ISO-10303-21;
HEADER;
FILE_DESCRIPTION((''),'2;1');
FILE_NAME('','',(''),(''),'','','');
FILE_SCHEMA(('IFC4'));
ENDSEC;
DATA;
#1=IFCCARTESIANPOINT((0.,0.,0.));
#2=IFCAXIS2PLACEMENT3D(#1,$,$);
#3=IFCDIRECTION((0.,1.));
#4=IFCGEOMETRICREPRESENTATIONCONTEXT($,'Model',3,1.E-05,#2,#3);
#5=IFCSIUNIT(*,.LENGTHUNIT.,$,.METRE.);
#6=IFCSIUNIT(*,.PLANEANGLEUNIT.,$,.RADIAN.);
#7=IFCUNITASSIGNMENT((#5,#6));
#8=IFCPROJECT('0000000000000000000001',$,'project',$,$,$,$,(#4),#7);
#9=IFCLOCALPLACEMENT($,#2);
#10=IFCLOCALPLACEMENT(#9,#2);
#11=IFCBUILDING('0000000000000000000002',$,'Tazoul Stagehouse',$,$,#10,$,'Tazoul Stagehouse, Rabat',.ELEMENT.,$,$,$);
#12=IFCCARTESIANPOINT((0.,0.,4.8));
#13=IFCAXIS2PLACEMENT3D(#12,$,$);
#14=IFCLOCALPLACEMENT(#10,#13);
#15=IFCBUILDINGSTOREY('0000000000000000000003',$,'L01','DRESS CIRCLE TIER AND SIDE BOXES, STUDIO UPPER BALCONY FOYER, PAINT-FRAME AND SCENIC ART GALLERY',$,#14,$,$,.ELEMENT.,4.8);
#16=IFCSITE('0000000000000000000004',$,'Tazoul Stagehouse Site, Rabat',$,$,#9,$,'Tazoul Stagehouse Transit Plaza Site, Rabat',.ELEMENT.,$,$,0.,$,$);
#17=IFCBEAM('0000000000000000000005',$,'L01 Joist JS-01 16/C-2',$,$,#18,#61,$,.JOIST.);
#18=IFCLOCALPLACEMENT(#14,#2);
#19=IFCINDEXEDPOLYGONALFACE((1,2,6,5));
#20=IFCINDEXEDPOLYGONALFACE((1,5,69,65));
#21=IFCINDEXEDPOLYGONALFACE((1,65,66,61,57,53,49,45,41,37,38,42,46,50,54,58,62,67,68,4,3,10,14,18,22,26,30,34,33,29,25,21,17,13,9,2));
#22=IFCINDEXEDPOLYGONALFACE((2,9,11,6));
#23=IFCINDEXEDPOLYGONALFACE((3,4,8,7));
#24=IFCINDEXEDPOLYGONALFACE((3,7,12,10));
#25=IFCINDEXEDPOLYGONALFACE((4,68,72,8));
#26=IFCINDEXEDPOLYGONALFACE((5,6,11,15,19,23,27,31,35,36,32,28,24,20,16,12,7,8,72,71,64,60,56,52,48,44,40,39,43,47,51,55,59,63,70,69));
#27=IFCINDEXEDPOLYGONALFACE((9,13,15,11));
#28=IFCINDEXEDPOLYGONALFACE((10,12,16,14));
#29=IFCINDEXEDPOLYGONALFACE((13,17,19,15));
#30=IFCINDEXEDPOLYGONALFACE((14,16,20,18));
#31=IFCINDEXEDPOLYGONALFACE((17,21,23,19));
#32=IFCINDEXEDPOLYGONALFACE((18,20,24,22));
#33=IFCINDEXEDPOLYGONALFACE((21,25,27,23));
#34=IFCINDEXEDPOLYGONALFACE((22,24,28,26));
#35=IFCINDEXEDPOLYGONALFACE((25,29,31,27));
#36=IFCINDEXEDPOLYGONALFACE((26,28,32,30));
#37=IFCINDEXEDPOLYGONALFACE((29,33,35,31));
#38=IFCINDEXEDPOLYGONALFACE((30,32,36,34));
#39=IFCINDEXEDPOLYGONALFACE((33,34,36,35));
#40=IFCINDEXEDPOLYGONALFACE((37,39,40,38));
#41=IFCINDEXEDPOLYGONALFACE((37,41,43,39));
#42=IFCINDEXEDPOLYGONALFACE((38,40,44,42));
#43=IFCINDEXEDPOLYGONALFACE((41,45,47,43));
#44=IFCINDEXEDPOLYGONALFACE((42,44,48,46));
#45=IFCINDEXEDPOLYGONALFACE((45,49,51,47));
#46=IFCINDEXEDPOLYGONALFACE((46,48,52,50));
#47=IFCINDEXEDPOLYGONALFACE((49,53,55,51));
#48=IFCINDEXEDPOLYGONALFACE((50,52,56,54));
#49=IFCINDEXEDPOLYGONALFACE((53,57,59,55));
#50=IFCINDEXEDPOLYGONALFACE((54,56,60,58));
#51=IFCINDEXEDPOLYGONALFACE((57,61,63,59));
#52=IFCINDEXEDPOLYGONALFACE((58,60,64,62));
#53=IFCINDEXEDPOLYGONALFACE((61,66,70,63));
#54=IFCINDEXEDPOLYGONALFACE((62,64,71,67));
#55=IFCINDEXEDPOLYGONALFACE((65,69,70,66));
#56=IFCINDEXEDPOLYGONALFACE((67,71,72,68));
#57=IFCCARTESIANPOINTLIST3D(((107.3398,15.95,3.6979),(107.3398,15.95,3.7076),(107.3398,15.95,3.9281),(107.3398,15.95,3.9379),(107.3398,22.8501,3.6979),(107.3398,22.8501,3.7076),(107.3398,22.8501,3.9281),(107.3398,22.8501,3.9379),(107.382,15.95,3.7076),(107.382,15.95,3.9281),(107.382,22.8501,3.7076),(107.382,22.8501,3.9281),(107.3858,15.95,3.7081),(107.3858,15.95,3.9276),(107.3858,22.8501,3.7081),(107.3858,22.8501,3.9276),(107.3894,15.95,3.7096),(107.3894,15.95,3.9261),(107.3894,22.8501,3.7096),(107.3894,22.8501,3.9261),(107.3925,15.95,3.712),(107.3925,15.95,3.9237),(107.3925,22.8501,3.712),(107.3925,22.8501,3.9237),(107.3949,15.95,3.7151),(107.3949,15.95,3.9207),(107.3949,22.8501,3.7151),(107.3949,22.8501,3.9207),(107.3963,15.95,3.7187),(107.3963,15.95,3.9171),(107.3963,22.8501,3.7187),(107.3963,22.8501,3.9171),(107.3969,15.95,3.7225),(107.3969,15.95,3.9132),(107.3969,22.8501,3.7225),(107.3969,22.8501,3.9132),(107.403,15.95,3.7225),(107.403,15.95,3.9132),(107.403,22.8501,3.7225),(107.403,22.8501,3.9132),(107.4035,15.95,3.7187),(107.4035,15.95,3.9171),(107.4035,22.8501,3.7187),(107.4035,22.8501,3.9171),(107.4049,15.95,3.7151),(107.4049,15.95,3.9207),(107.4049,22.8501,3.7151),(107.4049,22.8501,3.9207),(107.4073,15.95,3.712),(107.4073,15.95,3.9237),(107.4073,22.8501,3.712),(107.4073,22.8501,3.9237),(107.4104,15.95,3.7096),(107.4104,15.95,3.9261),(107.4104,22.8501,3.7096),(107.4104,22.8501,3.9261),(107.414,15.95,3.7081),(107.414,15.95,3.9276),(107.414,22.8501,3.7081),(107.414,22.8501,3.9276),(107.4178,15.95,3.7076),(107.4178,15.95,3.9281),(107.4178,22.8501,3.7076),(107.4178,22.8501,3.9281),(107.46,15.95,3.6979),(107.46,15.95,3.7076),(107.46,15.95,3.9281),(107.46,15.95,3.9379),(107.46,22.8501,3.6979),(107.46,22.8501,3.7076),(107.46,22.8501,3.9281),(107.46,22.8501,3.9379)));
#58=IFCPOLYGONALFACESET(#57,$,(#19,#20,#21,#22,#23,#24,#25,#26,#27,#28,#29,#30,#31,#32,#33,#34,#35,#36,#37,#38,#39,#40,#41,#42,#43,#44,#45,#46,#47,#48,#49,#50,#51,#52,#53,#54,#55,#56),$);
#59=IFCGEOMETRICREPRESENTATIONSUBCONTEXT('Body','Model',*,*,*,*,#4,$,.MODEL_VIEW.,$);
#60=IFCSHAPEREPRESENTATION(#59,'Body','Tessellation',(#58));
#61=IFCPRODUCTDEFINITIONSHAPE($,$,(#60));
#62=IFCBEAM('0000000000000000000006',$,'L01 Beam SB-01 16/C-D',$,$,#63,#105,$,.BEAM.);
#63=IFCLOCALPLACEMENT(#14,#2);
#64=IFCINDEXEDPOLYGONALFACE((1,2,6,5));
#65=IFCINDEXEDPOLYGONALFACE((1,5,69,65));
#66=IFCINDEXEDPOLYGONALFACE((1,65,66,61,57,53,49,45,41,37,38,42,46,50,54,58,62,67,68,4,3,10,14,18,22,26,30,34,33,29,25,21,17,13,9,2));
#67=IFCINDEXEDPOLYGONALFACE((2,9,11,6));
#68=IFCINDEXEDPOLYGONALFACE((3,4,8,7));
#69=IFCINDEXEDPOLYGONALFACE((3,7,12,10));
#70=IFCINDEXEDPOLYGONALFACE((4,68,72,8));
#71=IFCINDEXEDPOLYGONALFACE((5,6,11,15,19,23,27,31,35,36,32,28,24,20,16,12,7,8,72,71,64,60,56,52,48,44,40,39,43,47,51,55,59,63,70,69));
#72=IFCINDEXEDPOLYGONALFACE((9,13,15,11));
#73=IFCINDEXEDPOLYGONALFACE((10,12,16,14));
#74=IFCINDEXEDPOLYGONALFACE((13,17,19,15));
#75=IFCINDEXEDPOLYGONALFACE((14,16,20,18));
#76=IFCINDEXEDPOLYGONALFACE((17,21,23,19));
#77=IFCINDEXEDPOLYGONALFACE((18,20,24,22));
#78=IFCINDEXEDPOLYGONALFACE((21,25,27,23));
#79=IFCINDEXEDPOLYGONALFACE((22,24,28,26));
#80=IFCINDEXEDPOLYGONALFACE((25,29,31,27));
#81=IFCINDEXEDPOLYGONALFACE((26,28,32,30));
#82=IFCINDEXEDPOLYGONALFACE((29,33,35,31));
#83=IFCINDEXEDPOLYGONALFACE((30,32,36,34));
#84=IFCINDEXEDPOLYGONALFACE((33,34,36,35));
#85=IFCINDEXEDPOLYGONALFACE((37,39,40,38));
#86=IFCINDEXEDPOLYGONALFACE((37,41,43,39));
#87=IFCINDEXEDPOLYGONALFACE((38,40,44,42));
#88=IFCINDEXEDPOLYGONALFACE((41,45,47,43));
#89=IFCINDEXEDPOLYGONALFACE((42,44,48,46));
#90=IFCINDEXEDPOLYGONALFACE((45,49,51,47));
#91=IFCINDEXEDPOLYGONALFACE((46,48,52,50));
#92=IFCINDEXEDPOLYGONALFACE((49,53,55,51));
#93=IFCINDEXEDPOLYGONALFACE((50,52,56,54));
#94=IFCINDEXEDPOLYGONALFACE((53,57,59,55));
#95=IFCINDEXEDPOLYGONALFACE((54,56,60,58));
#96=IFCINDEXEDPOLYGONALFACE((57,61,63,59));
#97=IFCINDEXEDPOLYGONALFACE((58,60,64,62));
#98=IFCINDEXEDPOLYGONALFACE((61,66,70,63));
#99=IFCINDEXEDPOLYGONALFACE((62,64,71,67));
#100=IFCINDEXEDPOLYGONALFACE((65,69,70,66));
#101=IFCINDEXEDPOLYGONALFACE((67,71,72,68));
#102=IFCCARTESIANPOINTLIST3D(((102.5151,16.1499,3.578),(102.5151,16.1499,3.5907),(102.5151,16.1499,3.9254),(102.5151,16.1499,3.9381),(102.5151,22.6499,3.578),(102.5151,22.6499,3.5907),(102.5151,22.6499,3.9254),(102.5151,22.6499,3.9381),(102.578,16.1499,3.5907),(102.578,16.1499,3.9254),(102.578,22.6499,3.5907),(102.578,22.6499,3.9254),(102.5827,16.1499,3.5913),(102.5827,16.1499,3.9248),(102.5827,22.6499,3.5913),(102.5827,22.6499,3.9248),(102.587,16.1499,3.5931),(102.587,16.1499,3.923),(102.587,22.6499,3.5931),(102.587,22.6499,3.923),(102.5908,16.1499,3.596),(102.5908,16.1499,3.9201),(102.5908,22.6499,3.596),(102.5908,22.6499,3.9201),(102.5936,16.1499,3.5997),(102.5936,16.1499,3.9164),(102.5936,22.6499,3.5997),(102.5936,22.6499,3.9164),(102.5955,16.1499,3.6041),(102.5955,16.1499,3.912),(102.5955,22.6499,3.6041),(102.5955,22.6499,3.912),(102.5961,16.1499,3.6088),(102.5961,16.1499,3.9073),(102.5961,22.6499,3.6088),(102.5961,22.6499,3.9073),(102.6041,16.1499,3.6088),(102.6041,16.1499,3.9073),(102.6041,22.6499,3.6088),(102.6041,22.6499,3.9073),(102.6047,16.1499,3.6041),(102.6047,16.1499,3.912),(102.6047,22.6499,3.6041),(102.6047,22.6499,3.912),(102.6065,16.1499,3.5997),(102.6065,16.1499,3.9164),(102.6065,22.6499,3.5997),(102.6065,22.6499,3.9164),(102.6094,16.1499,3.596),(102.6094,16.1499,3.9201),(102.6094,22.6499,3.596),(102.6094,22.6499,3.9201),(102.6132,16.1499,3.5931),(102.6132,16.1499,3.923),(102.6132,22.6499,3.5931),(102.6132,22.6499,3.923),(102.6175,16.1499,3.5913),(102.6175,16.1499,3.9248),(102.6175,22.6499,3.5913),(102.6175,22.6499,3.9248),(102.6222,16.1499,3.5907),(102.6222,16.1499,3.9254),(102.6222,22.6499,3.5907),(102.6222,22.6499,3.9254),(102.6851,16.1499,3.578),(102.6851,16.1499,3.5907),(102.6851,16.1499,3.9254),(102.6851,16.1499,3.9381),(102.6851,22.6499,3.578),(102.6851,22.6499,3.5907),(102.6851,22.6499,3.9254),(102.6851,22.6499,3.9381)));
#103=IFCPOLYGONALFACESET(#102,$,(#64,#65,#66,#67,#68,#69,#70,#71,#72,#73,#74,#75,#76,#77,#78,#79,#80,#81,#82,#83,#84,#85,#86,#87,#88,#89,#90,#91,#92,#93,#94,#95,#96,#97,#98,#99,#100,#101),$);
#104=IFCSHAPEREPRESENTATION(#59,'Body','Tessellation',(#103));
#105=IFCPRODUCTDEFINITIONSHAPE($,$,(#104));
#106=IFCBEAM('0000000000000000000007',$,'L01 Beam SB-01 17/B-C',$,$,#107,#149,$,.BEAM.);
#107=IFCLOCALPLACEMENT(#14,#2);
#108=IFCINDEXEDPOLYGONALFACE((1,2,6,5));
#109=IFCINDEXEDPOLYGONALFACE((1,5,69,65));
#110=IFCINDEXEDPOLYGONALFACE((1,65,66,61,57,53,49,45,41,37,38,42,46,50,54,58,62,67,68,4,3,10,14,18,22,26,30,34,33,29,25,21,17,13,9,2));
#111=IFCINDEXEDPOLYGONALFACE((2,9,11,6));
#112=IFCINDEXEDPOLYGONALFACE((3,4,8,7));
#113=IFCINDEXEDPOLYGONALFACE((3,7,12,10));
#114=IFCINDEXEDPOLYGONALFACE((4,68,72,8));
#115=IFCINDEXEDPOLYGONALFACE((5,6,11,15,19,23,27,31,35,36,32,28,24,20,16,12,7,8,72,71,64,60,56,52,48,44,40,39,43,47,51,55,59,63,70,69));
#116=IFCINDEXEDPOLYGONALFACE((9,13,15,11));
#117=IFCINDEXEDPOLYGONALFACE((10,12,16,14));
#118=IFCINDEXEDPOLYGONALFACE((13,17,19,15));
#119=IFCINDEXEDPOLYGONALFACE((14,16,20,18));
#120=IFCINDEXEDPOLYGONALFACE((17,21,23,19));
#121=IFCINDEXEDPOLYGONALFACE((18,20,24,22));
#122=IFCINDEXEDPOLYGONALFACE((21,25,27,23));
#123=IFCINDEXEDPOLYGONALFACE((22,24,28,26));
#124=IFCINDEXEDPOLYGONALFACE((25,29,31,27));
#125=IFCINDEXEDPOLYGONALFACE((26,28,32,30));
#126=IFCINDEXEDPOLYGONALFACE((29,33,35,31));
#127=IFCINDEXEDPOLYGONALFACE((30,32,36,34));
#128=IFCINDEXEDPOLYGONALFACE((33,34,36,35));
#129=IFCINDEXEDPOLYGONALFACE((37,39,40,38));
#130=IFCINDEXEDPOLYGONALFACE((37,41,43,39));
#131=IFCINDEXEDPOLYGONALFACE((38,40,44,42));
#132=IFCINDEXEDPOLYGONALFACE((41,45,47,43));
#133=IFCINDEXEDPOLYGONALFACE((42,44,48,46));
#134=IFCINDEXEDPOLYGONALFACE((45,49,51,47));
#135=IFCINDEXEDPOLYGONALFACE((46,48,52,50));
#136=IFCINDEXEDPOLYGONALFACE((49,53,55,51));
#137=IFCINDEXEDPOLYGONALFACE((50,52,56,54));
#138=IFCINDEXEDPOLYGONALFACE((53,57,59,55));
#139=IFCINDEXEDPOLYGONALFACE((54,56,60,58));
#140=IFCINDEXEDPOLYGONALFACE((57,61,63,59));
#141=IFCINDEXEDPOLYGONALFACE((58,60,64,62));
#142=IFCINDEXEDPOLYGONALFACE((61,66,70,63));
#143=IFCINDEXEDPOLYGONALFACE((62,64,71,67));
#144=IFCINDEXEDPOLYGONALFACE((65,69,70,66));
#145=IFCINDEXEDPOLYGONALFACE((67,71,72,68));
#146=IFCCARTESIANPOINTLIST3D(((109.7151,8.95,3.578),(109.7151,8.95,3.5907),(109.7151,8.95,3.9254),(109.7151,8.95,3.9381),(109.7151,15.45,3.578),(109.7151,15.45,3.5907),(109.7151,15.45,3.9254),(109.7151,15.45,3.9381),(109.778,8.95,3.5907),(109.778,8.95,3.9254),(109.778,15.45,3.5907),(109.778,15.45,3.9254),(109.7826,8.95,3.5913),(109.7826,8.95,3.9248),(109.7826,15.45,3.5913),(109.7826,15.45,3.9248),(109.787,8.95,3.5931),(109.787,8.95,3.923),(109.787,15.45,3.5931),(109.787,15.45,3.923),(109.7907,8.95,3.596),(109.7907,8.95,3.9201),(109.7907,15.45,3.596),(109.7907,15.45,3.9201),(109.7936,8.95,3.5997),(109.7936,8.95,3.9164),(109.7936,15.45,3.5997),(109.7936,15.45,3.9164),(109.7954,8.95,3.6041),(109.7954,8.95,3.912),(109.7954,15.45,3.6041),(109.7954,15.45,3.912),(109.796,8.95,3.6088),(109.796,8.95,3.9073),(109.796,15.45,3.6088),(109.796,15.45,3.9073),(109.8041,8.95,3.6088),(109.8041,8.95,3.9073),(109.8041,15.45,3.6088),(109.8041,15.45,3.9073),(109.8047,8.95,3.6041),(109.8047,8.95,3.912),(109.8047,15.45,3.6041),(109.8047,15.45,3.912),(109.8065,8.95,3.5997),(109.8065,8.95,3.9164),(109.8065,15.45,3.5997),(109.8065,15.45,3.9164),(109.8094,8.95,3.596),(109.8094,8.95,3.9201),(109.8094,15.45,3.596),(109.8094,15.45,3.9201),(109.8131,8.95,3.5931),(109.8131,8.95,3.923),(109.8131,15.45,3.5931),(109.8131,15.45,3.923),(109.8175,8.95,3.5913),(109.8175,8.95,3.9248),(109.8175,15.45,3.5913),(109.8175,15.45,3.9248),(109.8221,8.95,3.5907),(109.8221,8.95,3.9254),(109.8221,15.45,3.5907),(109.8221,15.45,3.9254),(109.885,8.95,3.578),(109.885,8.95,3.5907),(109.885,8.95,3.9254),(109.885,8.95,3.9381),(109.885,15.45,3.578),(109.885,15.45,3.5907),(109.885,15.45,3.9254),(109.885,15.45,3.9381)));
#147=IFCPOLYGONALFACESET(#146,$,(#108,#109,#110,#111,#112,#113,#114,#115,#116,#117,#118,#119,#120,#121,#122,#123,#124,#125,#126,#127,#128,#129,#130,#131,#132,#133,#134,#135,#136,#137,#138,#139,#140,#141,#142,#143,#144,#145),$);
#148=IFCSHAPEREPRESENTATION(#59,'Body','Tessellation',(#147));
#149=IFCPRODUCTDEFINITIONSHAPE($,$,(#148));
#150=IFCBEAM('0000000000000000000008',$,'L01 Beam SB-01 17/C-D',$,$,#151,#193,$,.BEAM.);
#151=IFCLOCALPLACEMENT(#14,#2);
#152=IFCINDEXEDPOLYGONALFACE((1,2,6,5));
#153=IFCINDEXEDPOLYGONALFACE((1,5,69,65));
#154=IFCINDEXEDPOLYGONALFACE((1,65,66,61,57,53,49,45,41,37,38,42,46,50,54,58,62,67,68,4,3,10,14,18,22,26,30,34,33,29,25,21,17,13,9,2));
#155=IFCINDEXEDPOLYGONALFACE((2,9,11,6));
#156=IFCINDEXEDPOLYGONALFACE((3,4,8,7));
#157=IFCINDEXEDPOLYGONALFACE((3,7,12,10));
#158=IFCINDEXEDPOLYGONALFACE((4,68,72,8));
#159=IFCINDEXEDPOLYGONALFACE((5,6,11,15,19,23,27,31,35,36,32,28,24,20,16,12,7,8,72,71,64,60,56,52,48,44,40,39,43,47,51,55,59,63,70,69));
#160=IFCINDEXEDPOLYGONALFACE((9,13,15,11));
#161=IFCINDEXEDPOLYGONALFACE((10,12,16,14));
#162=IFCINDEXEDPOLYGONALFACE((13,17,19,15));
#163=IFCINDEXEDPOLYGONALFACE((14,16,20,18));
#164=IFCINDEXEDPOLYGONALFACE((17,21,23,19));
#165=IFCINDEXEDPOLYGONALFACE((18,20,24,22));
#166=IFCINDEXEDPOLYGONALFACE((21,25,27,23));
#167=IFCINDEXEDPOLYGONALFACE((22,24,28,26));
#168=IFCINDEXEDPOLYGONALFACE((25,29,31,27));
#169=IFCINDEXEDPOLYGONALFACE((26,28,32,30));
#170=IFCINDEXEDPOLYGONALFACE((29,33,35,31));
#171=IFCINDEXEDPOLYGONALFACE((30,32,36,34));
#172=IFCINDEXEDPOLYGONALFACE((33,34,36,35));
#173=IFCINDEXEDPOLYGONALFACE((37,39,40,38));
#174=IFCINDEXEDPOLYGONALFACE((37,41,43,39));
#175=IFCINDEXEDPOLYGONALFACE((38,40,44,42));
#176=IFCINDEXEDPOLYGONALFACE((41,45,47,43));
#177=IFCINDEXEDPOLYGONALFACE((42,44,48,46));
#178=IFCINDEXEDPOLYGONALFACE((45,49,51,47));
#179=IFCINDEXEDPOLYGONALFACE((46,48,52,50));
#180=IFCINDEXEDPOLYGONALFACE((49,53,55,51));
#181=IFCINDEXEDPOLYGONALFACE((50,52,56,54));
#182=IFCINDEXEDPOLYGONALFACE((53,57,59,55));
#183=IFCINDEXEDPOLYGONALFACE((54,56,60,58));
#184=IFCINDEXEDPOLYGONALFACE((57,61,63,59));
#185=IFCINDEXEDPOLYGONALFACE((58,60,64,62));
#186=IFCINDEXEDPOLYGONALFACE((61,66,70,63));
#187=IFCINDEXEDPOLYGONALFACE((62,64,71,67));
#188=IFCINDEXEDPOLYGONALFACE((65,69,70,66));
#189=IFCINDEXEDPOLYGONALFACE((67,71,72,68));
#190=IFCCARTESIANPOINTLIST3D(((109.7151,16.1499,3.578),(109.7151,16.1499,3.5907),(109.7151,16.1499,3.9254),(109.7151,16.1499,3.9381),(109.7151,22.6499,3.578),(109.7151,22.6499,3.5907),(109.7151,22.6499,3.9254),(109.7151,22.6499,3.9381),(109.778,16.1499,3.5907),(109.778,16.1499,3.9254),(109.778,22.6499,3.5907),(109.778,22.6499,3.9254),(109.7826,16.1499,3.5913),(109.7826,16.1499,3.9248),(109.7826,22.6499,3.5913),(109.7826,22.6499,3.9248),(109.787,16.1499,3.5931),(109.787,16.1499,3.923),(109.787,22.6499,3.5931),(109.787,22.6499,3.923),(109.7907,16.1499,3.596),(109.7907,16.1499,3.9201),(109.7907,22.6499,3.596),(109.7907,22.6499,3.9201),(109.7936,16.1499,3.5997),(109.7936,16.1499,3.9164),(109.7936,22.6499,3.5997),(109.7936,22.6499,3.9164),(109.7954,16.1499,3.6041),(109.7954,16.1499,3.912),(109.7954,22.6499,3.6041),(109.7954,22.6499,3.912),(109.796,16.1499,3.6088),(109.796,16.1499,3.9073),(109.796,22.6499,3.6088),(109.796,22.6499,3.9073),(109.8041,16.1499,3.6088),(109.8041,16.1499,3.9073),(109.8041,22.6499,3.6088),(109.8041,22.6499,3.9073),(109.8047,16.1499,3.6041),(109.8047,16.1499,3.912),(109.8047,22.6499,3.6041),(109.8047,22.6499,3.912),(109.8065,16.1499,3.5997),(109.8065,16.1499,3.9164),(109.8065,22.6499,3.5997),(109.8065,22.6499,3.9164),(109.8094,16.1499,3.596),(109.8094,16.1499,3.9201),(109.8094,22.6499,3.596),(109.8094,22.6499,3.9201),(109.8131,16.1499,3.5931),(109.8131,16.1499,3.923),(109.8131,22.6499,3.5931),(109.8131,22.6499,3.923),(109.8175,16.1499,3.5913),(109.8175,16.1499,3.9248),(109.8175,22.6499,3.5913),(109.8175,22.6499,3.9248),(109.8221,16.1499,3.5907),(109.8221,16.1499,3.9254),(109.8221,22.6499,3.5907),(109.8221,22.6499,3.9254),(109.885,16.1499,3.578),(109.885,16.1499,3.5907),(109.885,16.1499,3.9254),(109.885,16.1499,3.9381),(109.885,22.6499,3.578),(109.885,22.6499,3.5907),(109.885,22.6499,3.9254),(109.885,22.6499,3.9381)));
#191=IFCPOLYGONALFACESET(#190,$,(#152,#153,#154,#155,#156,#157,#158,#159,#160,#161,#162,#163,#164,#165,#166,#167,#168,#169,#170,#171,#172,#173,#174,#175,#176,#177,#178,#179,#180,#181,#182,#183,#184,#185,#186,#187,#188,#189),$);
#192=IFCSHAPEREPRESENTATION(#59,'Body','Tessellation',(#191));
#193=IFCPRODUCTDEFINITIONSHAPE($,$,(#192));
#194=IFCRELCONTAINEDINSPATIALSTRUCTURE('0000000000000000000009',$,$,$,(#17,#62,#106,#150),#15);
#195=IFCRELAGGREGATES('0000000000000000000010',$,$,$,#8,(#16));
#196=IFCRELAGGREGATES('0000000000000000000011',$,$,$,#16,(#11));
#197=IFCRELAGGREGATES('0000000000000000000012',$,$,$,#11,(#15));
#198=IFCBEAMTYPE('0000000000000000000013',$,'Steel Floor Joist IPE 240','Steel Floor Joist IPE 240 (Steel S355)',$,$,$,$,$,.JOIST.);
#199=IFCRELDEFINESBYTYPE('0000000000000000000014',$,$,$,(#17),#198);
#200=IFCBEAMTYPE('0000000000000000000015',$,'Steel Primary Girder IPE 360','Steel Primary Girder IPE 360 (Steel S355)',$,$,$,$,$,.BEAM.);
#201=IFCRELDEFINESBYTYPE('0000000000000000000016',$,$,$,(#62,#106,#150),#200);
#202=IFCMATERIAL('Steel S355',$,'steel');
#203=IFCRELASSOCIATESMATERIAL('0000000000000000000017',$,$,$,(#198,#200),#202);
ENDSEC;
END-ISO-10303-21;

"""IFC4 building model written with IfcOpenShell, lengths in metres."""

from ifc_helpers import new_model, si_unit, direction, frame, origin, origin_2d, place, context, subcontext, project, spatial, i_section, extrude, material, material_profile, profile_set, type_object, element, save


model = new_model("IFC4")

# Units and contexts
model_context = context("Model", 3, precision=1e-05, world=origin(), true_north=direction((0.0, 1.0)))
body_context = subcontext(model_context, "Body", "Model", "MODEL_VIEW")
ifc_project = project(units=[si_unit("LENGTHUNIT", "METRE"), si_unit("PLANEANGLEUNIT", "RADIAN")], contexts=[model_context])

# Site, building, storey
site_placement = place(None, origin())
site = spatial("IfcSite", under=ifc_project, at=site_placement, Name="Tazoul Stagehouse Site, Rabat", LongName="Tazoul Stagehouse Transit Plaza Site, Rabat", CompositionType="ELEMENT", RefElevation=0.0)
building_placement = place(site_placement, origin())
building = spatial("IfcBuilding", under=site, at=building_placement, Name="Tazoul Stagehouse", LongName="Tazoul Stagehouse, Rabat", CompositionType="ELEMENT")
storey_placement = place(building_placement, frame((0.0, 0.0, 4.8)))
storey = spatial("IfcBuildingStorey", under=building, at=storey_placement, Name="L01", Description="DRESS CIRCLE TIER AND SIDE BOXES, STUDIO UPPER BALCONY FOYER, PAINT-FRAME AND SCENIC ART GALLERY", CompositionType="ELEMENT", Elevation=4.8)

# Beams
ifc_material_1 = material(Name="Steel S355", Category="steel")
ifc_material_profile_1 = material_profile(ifc_material_1, i_section(OverallWidth=0.1201, OverallDepth=0.24, WebThickness=0.0061, FlangeThickness=0.0098, FilletRadius=0.0149, at=origin_2d()), Name="IPE 240")
ifc_profile_set_1 = profile_set([ifc_material_profile_1], Name="Steel S355")
beam_type_1 = type_object("IfcBeamType", Name="Steel Floor Joist IPE 240", Description="Steel Floor Joist IPE 240 (Steel S355)", PredefinedType="JOIST", material=ifc_profile_set_1)
for number, where, z_axis, x_axis, name in (
    (1, (107.3999, 15.95, 3.8179), (0.0, 1.0, 0.0), (-1.0, 0.0, 0.0), "L01 Joist JS-01 16/C-2"),
):
    element("IfcBeam", number, at=place(storey_placement, frame(where, z_axis=z_axis, x_axis=x_axis)), inside=storey, type_object=beam_type_1, Name=name, PredefinedType="JOIST", context=body_context, shape_type="SweptSolid", body=[
        extrude(i_section(OverallWidth=0.1201, OverallDepth=0.24, WebThickness=0.0061, FlangeThickness=0.0098, FilletRadius=0.0149, at=origin_2d()), origin(), (0.0, 0.0, 1.0), 6.9001),
    ])
ifc_material_profile_2 = material_profile(ifc_material_1, i_section(OverallWidth=0.1699, OverallDepth=0.3601, WebThickness=0.0081, FlangeThickness=0.0127, FilletRadius=0.0181, at=origin_2d()), Name="IPE 360")
ifc_profile_set_2 = profile_set([ifc_material_profile_2], Name="Steel S355")
beam_type_2 = type_object("IfcBeamType", Name="Steel Primary Girder IPE 360", Description="Steel Primary Girder IPE 360 (Steel S355)", PredefinedType="BEAM", material=ifc_profile_set_2)
for number, where, z_axis, x_axis, name in (
    (2, (102.6001, 16.1499, 3.7581), (0.0, 1.0, 0.0), (-1.0, 0.0, 0.0), "L01 Beam SB-01 16/C-D"),
    (3, (109.8, 8.95, 3.7581), (0.0, 1.0, 0.0), (-1.0, 0.0, 0.0), "L01 Beam SB-01 17/B-C"),
    (4, (109.8, 16.1499, 3.7581), (0.0, 1.0, 0.0), (-1.0, 0.0, 0.0), "L01 Beam SB-01 17/C-D"),
):
    element("IfcBeam", number, at=place(storey_placement, frame(where, z_axis=z_axis, x_axis=x_axis)), inside=storey, type_object=beam_type_2, Name=name, PredefinedType="BEAM", context=body_context, shape_type="SweptSolid", body=[
        extrude(i_section(OverallWidth=0.1699, OverallDepth=0.3601, WebThickness=0.0081, FlangeThickness=0.0127, FilletRadius=0.0181, at=origin_2d()), origin(), (0.0, 0.0, 1.0), 6.5),
    ])

save(model, "model.ifc")
